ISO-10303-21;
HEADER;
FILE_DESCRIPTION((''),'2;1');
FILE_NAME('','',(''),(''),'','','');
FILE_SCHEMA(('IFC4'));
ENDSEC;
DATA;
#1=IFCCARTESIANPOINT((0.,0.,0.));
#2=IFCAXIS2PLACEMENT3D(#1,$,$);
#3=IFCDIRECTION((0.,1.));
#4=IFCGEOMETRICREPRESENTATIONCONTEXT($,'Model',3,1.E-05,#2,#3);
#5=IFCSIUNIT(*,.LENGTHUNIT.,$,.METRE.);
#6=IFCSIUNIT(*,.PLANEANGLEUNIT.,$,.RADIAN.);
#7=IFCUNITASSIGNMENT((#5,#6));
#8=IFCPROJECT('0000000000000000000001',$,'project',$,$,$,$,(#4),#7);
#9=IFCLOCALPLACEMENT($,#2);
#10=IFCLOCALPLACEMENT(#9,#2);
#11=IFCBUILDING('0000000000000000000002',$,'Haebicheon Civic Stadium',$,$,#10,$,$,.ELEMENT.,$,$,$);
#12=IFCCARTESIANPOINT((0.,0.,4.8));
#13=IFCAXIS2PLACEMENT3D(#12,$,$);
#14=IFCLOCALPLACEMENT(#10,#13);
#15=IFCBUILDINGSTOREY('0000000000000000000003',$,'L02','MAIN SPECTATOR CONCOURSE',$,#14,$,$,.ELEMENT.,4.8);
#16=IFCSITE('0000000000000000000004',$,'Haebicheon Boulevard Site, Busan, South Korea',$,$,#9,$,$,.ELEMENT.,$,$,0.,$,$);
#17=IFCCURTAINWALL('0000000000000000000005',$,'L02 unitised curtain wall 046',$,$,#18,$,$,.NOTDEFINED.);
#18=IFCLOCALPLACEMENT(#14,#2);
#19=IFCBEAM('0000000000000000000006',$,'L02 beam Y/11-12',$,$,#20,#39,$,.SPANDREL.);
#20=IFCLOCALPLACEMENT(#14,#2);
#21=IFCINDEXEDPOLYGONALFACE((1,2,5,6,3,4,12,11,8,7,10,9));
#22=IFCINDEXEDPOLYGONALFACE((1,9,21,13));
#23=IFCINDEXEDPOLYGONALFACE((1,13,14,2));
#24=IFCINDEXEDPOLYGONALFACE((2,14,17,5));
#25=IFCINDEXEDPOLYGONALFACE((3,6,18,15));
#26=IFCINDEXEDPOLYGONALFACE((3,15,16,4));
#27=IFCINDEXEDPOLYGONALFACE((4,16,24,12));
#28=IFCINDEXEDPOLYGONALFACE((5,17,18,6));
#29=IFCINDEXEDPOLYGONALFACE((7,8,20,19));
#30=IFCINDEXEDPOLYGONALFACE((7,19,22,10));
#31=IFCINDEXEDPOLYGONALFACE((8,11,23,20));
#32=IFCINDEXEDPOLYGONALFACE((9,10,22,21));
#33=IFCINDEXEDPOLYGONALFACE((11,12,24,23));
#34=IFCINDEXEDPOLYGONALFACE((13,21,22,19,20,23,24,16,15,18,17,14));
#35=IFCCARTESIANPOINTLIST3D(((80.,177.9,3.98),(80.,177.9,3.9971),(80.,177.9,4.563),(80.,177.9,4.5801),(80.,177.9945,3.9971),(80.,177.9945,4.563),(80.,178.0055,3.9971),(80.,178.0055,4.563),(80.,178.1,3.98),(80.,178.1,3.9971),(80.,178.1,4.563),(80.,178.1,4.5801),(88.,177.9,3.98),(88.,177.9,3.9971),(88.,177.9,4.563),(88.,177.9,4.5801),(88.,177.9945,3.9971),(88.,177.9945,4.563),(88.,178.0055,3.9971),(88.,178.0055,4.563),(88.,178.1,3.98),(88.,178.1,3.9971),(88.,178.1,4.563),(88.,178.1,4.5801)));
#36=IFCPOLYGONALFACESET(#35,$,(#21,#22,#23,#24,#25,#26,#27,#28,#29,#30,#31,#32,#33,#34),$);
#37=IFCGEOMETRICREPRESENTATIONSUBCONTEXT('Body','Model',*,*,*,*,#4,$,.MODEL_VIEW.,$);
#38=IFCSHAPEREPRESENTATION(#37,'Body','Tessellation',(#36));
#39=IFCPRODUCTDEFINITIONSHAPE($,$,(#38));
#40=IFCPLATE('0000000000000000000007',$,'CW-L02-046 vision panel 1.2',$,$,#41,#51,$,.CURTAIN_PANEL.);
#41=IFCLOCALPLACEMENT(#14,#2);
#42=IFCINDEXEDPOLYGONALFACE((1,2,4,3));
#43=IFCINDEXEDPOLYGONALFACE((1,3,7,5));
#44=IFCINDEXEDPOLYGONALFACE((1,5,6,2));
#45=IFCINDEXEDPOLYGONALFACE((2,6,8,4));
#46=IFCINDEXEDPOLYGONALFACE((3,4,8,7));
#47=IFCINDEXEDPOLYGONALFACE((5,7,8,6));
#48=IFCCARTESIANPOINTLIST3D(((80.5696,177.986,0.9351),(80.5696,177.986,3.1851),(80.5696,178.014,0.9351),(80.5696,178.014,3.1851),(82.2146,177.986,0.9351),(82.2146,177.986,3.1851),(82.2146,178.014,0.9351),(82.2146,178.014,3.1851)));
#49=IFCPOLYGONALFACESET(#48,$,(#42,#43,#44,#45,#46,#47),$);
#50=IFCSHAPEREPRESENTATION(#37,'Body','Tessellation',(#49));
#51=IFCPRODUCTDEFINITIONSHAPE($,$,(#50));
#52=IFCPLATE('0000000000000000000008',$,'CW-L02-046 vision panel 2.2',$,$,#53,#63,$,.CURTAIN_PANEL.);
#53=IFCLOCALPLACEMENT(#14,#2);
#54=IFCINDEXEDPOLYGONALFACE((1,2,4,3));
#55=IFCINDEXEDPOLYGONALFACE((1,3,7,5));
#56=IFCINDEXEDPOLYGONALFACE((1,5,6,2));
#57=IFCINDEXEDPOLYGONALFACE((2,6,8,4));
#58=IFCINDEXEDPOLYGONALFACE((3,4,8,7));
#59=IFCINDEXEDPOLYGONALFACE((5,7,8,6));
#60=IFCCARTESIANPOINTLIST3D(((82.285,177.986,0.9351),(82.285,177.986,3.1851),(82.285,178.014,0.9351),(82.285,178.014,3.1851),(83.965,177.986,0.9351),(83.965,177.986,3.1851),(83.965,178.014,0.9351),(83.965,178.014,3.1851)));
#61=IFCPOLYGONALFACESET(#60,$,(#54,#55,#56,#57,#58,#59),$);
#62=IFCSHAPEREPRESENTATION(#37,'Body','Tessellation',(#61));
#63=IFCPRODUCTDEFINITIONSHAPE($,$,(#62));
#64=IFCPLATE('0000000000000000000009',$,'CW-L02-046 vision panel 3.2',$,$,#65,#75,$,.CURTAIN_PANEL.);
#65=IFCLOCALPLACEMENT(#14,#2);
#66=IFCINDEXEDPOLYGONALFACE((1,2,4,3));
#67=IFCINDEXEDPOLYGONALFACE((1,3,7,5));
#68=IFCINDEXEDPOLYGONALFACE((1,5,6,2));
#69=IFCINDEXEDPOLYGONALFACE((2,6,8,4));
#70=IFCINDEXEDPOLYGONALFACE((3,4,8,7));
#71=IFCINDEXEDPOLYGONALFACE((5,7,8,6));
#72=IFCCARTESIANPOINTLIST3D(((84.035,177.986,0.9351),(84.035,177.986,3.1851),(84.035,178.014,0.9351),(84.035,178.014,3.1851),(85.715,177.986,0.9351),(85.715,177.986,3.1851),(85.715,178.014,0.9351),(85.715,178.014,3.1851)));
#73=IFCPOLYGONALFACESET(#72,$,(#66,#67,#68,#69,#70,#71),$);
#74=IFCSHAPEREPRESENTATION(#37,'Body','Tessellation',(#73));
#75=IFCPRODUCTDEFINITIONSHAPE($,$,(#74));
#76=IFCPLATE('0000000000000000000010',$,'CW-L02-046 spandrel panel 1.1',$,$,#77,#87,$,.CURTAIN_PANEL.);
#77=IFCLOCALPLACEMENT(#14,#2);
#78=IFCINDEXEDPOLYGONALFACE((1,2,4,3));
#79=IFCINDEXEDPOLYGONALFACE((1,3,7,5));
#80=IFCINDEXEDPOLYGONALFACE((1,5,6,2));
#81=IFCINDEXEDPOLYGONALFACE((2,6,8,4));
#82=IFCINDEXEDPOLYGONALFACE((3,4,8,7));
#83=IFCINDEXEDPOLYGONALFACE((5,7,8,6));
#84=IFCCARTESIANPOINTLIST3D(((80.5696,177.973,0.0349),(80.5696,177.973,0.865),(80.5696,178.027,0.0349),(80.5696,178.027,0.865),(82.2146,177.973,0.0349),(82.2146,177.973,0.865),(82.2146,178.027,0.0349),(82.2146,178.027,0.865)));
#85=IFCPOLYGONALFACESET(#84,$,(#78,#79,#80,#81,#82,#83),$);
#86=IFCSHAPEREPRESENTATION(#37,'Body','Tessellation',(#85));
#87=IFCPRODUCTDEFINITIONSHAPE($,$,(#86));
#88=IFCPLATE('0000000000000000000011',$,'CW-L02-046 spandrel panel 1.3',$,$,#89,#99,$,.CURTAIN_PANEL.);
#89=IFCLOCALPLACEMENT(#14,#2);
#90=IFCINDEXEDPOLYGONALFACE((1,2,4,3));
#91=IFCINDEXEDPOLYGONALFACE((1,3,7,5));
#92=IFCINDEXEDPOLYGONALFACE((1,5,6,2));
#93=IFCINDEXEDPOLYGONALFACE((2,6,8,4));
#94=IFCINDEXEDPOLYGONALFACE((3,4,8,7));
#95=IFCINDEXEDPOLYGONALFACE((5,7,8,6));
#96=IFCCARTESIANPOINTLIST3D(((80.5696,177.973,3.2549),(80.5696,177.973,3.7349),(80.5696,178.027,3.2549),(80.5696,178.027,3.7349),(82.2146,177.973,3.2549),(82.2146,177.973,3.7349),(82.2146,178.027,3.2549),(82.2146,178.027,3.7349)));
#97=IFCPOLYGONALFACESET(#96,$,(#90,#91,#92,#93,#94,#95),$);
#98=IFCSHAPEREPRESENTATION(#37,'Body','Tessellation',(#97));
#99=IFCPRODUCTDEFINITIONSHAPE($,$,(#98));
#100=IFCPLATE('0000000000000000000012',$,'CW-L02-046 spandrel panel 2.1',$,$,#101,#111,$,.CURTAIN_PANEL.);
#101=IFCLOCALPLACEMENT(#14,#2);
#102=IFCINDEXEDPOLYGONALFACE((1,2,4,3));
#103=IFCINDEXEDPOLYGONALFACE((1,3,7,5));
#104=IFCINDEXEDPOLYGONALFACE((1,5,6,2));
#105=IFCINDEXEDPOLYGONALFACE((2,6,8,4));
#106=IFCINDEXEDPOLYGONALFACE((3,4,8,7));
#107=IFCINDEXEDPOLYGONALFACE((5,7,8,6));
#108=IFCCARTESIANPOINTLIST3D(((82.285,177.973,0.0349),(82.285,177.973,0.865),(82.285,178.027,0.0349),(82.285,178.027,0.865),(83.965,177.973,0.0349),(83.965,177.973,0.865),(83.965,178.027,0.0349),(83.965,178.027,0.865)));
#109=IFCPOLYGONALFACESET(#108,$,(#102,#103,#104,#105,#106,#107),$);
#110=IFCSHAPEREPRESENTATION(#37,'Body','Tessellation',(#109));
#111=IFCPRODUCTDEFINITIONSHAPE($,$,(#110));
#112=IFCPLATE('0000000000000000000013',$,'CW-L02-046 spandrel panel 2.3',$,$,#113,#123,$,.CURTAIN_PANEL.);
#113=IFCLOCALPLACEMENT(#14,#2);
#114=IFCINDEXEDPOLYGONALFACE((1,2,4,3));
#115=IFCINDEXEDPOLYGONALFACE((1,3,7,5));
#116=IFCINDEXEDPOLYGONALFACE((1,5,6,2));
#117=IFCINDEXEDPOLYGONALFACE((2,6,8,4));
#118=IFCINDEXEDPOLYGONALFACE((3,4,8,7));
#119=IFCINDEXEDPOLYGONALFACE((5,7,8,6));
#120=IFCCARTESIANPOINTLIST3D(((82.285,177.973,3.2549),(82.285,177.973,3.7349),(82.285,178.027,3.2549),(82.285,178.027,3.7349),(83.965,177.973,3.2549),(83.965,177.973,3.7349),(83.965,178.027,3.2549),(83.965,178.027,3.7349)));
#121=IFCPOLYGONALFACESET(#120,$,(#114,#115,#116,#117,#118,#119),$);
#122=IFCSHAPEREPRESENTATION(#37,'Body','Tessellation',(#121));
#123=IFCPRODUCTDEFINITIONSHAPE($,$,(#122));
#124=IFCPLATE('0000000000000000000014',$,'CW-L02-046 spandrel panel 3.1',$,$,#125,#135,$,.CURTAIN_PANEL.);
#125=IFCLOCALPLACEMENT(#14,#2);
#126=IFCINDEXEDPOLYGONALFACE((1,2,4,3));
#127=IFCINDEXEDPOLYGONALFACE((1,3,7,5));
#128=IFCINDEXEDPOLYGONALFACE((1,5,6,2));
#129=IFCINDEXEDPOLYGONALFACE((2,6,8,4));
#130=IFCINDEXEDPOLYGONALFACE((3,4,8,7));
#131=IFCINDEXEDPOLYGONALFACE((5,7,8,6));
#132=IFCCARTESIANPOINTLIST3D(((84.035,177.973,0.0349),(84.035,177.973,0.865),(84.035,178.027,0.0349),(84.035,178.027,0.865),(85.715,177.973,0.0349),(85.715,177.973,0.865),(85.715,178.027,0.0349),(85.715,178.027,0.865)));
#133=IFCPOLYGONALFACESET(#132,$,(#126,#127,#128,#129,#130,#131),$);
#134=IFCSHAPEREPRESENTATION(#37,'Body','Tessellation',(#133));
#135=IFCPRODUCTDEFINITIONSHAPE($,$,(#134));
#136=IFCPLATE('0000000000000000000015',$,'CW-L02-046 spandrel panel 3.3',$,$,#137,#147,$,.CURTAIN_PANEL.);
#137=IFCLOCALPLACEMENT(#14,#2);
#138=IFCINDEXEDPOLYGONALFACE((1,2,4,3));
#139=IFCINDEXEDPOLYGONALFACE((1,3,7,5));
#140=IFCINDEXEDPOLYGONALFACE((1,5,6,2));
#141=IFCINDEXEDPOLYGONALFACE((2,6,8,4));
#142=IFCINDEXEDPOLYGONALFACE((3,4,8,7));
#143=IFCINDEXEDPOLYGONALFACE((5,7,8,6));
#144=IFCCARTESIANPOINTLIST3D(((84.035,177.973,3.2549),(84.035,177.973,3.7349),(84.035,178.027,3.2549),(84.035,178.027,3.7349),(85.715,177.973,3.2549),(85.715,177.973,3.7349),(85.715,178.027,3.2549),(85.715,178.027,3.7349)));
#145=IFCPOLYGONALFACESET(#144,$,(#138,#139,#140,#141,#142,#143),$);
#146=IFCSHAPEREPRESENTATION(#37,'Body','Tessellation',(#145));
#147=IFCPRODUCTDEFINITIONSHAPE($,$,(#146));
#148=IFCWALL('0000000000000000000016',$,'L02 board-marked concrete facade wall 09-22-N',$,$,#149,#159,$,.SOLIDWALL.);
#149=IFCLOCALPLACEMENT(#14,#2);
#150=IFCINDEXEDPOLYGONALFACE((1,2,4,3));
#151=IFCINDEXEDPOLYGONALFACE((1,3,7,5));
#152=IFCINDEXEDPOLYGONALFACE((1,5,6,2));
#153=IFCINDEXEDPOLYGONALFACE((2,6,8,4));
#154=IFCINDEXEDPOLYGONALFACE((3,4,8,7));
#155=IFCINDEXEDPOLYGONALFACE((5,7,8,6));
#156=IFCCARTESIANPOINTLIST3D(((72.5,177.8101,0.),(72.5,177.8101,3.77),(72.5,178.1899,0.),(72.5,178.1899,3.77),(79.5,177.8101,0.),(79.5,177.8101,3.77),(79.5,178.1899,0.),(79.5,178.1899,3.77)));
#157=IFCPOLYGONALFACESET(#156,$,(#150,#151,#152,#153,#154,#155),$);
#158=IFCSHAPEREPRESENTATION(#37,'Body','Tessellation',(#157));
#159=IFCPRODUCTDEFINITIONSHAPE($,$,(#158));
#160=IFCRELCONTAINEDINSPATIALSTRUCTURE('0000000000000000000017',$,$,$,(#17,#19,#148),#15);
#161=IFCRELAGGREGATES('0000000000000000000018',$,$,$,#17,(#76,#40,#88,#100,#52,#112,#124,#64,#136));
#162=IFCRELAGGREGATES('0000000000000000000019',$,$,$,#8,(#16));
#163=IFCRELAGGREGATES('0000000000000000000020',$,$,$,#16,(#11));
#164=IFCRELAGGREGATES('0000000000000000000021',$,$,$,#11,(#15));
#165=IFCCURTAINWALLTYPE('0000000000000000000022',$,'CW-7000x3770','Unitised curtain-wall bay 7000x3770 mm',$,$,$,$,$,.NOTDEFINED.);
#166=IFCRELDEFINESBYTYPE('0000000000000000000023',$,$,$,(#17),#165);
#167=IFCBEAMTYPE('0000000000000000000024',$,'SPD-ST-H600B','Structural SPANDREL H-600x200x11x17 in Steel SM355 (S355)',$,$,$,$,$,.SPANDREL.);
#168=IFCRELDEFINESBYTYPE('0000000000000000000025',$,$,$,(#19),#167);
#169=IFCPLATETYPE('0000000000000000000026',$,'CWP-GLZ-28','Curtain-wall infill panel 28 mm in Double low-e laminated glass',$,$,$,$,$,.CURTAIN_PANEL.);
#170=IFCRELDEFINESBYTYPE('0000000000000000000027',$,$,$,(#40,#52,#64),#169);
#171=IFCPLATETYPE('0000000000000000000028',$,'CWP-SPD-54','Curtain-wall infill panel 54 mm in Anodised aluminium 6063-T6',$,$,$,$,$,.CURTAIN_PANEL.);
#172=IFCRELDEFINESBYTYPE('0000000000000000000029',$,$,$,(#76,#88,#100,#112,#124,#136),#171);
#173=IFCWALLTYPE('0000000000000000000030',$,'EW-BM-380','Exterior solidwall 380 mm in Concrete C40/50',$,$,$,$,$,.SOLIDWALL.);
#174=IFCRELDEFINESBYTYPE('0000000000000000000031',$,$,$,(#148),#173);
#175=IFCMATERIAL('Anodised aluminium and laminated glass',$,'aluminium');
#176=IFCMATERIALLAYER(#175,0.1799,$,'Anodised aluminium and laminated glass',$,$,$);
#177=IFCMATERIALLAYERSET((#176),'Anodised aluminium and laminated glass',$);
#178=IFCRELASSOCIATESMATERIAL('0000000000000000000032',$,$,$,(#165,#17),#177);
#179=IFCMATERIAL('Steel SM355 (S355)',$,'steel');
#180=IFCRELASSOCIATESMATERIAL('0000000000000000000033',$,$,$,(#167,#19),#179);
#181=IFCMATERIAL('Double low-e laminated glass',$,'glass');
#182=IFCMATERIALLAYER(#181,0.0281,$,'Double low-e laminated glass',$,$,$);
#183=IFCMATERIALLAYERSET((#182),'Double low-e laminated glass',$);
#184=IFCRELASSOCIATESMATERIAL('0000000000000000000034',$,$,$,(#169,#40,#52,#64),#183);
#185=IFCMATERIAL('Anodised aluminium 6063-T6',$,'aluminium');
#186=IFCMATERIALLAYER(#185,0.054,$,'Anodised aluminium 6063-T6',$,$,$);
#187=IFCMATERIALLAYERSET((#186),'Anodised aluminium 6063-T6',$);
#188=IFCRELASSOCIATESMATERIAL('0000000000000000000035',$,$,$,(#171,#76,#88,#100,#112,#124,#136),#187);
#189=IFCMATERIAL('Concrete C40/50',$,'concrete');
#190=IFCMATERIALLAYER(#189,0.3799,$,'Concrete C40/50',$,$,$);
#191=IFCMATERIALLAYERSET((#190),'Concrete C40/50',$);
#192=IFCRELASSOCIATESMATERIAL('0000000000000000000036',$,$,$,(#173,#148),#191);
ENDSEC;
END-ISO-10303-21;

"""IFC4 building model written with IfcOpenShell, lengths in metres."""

from ifc_helpers import new_model, si_unit, direction, frame, frame_2d, origin, origin_2d, place, context, subcontext, project, spatial, rectangle, i_section, extrude, material, layer, layer_set, material_profile, profile_set, type_object, element, aggregate, save


model = new_model("IFC4")

# Units and contexts
model_context = context("Model", 3, precision=1e-05, world=origin(), true_north=direction((0.0, 1.0)))
body_context = subcontext(model_context, "Body", "Model", "MODEL_VIEW")
ifc_project = project(units=[si_unit("LENGTHUNIT", "METRE"), si_unit("PLANEANGLEUNIT", "RADIAN")], contexts=[model_context])

# Site, building, storey
site_placement = place(None, origin())
site = spatial("IfcSite", under=ifc_project, at=site_placement, Name="Haebicheon Boulevard Site, Busan, South Korea", CompositionType="ELEMENT", RefElevation=0.0)
building_placement = place(site_placement, origin())
building = spatial("IfcBuilding", under=site, at=building_placement, Name="Haebicheon Civic Stadium", CompositionType="ELEMENT")
storey_placement = place(building_placement, frame((0.0, 0.0, 4.8)))
storey = spatial("IfcBuildingStorey", under=building, at=storey_placement, Name="L02", Description="MAIN SPECTATOR CONCOURSE", CompositionType="ELEMENT", Elevation=4.8)

# Curtain wall
ifc_material_1 = material(Name="Anodised aluminium and laminated glass", Category="aluminium")
ifc_layer_1 = layer(ifc_material_1, 0.1799, Name="Anodised aluminium and laminated glass")
ifc_layer_set_1 = layer_set([ifc_layer_1], Name="Anodised aluminium and laminated glass")
curtain_wall_type = type_object("IfcCurtainWallType", Name="CW-7000x3770", Description="Unitised curtain-wall bay 7000x3770 mm", PredefinedType="NOTDEFINED", material=ifc_layer_set_1)
curtain_wall_placement = place(storey_placement, origin())
curtain_wall = element("IfcCurtainWall", 1, at=curtain_wall_placement, inside=storey, type_object=curtain_wall_type, material=ifc_layer_set_1, Name="L02 unitised curtain wall 046", PredefinedType="NOTDEFINED")

# Beam
ifc_material_2 = material(Name="Steel SM355 (S355)", Category="steel")
ifc_material_profile_1 = material_profile(ifc_material_2, i_section(OverallWidth=0.2, OverallDepth=0.6001, WebThickness=0.011, FlangeThickness=0.0171, at=origin_2d()), Name="H-600x200x11x17")
ifc_profile_set_1 = profile_set([ifc_material_profile_1], Name="Steel SM355 (S355)")
beam_type_1 = type_object("IfcBeamType", Name="SPD-ST-H600B", Description="Structural SPANDREL H-600x200x11x17 in Steel SM355 (S355)", PredefinedType="SPANDREL", material=ifc_profile_set_1)
beam_1_placement = place(storey_placement, frame((80.0, 178.0, 4.28), z_axis=(1.0, 0.0, 0.0), x_axis=(0.0, 1.0, 0.0)))
element("IfcBeam", 2, at=beam_1_placement, inside=storey, type_object=beam_type_1, material=ifc_profile_set_1, Name="L02 beam Y/11-12", PredefinedType="SPANDREL", context=body_context, shape_type="SweptSolid", body=[
    extrude(i_section(OverallWidth=0.2, OverallDepth=0.6001, WebThickness=0.011, FlangeThickness=0.0171, at=origin_2d()), origin(), (0.0, 0.0, 1.0), 8.0),
])

# Plates
ifc_material_3 = material(Name="Double low-e laminated glass", Category="glass")
ifc_layer_2 = layer(ifc_material_3, 0.0281, Name="Double low-e laminated glass")
ifc_layer_set_2 = layer_set([ifc_layer_2], Name="Double low-e laminated glass")
plate_type_1 = type_object("IfcPlateType", Name="CWP-GLZ-28", Description="Curtain-wall infill panel 28 mm in Double low-e laminated glass", PredefinedType="CURTAIN_PANEL", material=ifc_layer_set_2)
plate_1_placement = place(storey_placement, frame((81.3921, 178.0, 0.9351), z_axis=(0.0, 0.0, 1.0), x_axis=(1.0, 0.0, 0.0)))
plate_1 = element("IfcPlate", 3, at=plate_1_placement, type_object=plate_type_1, material=ifc_layer_set_2, Name="CW-L02-046 vision panel 1.2", PredefinedType="CURTAIN_PANEL", context=body_context, shape_type="SweptSolid", body=[
    extrude(rectangle(XDim=1.645, YDim=0.0281, at=origin_2d()), origin(), (0.0, 0.0, 1.0), 2.25),
])
plate_2_placement = place(storey_placement, frame((83.125, 178.0, 0.9351), z_axis=(0.0, 0.0, 1.0), x_axis=(1.0, 0.0, 0.0)))
plate_2 = element("IfcPlate", 4, at=plate_2_placement, type_object=plate_type_1, material=ifc_layer_set_2, Name="CW-L02-046 vision panel 2.2", PredefinedType="CURTAIN_PANEL", context=body_context, shape_type="SweptSolid", body=[
    extrude(rectangle(XDim=1.6799, YDim=0.0281, at=origin_2d()), origin(), (0.0, 0.0, 1.0), 2.25),
])
plate_3_placement = place(storey_placement, frame((84.875, 178.0, 0.9351), z_axis=(0.0, 0.0, 1.0), x_axis=(1.0, 0.0, 0.0)))
plate_3 = element("IfcPlate", 5, at=plate_3_placement, type_object=plate_type_1, material=ifc_layer_set_2, Name="CW-L02-046 vision panel 3.2", PredefinedType="CURTAIN_PANEL", context=body_context, shape_type="SweptSolid", body=[
    extrude(rectangle(XDim=1.6799, YDim=0.0281, at=origin_2d()), origin(), (0.0, 0.0, 1.0), 2.25),
])
ifc_material_4 = material(Name="Anodised aluminium 6063-T6", Category="aluminium")
ifc_layer_3 = layer(ifc_material_4, 0.054, Name="Anodised aluminium 6063-T6")
ifc_layer_set_3 = layer_set([ifc_layer_3], Name="Anodised aluminium 6063-T6")
plate_type_2 = type_object("IfcPlateType", Name="CWP-SPD-54", Description="Curtain-wall infill panel 54 mm in Anodised aluminium 6063-T6", PredefinedType="CURTAIN_PANEL", material=ifc_layer_set_3)
plate_4_placement = place(storey_placement, frame((81.3921, 178.0, 0.0349), z_axis=(0.0, 0.0, 1.0), x_axis=(1.0, 0.0, 0.0)))
plate_4 = element("IfcPlate", 6, at=plate_4_placement, type_object=plate_type_2, material=ifc_layer_set_3, Name="CW-L02-046 spandrel panel 1.1", PredefinedType="CURTAIN_PANEL", context=body_context, shape_type="SweptSolid", body=[
    extrude(rectangle(XDim=1.645, YDim=0.054, at=origin_2d()), origin(), (0.0, 0.0, 1.0), 0.8301),
])
plate_5_placement = place(storey_placement, frame((81.3921, 178.0, 3.2549), z_axis=(0.0, 0.0, 1.0), x_axis=(1.0, 0.0, 0.0)))
plate_5 = element("IfcPlate", 7, at=plate_5_placement, type_object=plate_type_2, material=ifc_layer_set_3, Name="CW-L02-046 spandrel panel 1.3", PredefinedType="CURTAIN_PANEL", context=body_context, shape_type="SweptSolid", body=[
    extrude(rectangle(XDim=1.645, YDim=0.054, at=origin_2d()), origin(), (0.0, 0.0, 1.0), 0.48),
])
plate_6_placement = place(storey_placement, frame((83.125, 178.0, 0.0349), z_axis=(0.0, 0.0, 1.0), x_axis=(1.0, 0.0, 0.0)))
plate_6 = element("IfcPlate", 8, at=plate_6_placement, type_object=plate_type_2, material=ifc_layer_set_3, Name="CW-L02-046 spandrel panel 2.1", PredefinedType="CURTAIN_PANEL", context=body_context, shape_type="SweptSolid", body=[
    extrude(rectangle(XDim=1.6799, YDim=0.054, at=origin_2d()), origin(), (0.0, 0.0, 1.0), 0.8301),
])
plate_7_placement = place(storey_placement, frame((83.125, 178.0, 3.2549), z_axis=(0.0, 0.0, 1.0), x_axis=(1.0, 0.0, 0.0)))
plate_7 = element("IfcPlate", 9, at=plate_7_placement, type_object=plate_type_2, material=ifc_layer_set_3, Name="CW-L02-046 spandrel panel 2.3", PredefinedType="CURTAIN_PANEL", context=body_context, shape_type="SweptSolid", body=[
    extrude(rectangle(XDim=1.6799, YDim=0.054, at=origin_2d()), origin(), (0.0, 0.0, 1.0), 0.48),
])
plate_8_placement = place(storey_placement, frame((84.875, 178.0, 0.0349), z_axis=(0.0, 0.0, 1.0), x_axis=(1.0, 0.0, 0.0)))
plate_8 = element("IfcPlate", 10, at=plate_8_placement, type_object=plate_type_2, material=ifc_layer_set_3, Name="CW-L02-046 spandrel panel 3.1", PredefinedType="CURTAIN_PANEL", context=body_context, shape_type="SweptSolid", body=[
    extrude(rectangle(XDim=1.6799, YDim=0.054, at=origin_2d()), origin(), (0.0, 0.0, 1.0), 0.8301),
])
plate_9_placement = place(storey_placement, frame((84.875, 178.0, 3.2549), z_axis=(0.0, 0.0, 1.0), x_axis=(1.0, 0.0, 0.0)))
plate_9 = element("IfcPlate", 11, at=plate_9_placement, type_object=plate_type_2, material=ifc_layer_set_3, Name="CW-L02-046 spandrel panel 3.3", PredefinedType="CURTAIN_PANEL", context=body_context, shape_type="SweptSolid", body=[
    extrude(rectangle(XDim=1.6799, YDim=0.054, at=origin_2d()), origin(), (0.0, 0.0, 1.0), 0.48),
])
aggregate(curtain_wall, [plate_4, plate_1, plate_5, plate_6, plate_2, plate_7, plate_8, plate_3, plate_9])

# Wall
ifc_material_5 = material(Name="Concrete C40/50", Category="concrete")
ifc_layer_4 = layer(ifc_material_5, 0.3799, Name="Concrete C40/50")
ifc_layer_set_4 = layer_set([ifc_layer_4], Name="Concrete C40/50")
wall_type = type_object("IfcWallType", Name="EW-BM-380", Description="Exterior solidwall 380 mm in Concrete C40/50", PredefinedType="SOLIDWALL", material=ifc_layer_set_4)
wall_placement = place(storey_placement, frame((72.5, 178.0, 0.0), z_axis=(0.0, 0.0, 1.0), x_axis=(1.0, 0.0, 0.0)))
element("IfcWall", 12, at=wall_placement, inside=storey, type_object=wall_type, material=ifc_layer_set_4, Name="L02 board-marked concrete facade wall 09-22-N", PredefinedType="SOLIDWALL", context=body_context, shape_type="SweptSolid", body=[
    extrude(rectangle(XDim=7.0, YDim=0.3799, at=frame_2d((3.5, 0.0))), origin(), (0.0, 0.0, 1.0), 3.77),
])

save(model, "model.ifc")
